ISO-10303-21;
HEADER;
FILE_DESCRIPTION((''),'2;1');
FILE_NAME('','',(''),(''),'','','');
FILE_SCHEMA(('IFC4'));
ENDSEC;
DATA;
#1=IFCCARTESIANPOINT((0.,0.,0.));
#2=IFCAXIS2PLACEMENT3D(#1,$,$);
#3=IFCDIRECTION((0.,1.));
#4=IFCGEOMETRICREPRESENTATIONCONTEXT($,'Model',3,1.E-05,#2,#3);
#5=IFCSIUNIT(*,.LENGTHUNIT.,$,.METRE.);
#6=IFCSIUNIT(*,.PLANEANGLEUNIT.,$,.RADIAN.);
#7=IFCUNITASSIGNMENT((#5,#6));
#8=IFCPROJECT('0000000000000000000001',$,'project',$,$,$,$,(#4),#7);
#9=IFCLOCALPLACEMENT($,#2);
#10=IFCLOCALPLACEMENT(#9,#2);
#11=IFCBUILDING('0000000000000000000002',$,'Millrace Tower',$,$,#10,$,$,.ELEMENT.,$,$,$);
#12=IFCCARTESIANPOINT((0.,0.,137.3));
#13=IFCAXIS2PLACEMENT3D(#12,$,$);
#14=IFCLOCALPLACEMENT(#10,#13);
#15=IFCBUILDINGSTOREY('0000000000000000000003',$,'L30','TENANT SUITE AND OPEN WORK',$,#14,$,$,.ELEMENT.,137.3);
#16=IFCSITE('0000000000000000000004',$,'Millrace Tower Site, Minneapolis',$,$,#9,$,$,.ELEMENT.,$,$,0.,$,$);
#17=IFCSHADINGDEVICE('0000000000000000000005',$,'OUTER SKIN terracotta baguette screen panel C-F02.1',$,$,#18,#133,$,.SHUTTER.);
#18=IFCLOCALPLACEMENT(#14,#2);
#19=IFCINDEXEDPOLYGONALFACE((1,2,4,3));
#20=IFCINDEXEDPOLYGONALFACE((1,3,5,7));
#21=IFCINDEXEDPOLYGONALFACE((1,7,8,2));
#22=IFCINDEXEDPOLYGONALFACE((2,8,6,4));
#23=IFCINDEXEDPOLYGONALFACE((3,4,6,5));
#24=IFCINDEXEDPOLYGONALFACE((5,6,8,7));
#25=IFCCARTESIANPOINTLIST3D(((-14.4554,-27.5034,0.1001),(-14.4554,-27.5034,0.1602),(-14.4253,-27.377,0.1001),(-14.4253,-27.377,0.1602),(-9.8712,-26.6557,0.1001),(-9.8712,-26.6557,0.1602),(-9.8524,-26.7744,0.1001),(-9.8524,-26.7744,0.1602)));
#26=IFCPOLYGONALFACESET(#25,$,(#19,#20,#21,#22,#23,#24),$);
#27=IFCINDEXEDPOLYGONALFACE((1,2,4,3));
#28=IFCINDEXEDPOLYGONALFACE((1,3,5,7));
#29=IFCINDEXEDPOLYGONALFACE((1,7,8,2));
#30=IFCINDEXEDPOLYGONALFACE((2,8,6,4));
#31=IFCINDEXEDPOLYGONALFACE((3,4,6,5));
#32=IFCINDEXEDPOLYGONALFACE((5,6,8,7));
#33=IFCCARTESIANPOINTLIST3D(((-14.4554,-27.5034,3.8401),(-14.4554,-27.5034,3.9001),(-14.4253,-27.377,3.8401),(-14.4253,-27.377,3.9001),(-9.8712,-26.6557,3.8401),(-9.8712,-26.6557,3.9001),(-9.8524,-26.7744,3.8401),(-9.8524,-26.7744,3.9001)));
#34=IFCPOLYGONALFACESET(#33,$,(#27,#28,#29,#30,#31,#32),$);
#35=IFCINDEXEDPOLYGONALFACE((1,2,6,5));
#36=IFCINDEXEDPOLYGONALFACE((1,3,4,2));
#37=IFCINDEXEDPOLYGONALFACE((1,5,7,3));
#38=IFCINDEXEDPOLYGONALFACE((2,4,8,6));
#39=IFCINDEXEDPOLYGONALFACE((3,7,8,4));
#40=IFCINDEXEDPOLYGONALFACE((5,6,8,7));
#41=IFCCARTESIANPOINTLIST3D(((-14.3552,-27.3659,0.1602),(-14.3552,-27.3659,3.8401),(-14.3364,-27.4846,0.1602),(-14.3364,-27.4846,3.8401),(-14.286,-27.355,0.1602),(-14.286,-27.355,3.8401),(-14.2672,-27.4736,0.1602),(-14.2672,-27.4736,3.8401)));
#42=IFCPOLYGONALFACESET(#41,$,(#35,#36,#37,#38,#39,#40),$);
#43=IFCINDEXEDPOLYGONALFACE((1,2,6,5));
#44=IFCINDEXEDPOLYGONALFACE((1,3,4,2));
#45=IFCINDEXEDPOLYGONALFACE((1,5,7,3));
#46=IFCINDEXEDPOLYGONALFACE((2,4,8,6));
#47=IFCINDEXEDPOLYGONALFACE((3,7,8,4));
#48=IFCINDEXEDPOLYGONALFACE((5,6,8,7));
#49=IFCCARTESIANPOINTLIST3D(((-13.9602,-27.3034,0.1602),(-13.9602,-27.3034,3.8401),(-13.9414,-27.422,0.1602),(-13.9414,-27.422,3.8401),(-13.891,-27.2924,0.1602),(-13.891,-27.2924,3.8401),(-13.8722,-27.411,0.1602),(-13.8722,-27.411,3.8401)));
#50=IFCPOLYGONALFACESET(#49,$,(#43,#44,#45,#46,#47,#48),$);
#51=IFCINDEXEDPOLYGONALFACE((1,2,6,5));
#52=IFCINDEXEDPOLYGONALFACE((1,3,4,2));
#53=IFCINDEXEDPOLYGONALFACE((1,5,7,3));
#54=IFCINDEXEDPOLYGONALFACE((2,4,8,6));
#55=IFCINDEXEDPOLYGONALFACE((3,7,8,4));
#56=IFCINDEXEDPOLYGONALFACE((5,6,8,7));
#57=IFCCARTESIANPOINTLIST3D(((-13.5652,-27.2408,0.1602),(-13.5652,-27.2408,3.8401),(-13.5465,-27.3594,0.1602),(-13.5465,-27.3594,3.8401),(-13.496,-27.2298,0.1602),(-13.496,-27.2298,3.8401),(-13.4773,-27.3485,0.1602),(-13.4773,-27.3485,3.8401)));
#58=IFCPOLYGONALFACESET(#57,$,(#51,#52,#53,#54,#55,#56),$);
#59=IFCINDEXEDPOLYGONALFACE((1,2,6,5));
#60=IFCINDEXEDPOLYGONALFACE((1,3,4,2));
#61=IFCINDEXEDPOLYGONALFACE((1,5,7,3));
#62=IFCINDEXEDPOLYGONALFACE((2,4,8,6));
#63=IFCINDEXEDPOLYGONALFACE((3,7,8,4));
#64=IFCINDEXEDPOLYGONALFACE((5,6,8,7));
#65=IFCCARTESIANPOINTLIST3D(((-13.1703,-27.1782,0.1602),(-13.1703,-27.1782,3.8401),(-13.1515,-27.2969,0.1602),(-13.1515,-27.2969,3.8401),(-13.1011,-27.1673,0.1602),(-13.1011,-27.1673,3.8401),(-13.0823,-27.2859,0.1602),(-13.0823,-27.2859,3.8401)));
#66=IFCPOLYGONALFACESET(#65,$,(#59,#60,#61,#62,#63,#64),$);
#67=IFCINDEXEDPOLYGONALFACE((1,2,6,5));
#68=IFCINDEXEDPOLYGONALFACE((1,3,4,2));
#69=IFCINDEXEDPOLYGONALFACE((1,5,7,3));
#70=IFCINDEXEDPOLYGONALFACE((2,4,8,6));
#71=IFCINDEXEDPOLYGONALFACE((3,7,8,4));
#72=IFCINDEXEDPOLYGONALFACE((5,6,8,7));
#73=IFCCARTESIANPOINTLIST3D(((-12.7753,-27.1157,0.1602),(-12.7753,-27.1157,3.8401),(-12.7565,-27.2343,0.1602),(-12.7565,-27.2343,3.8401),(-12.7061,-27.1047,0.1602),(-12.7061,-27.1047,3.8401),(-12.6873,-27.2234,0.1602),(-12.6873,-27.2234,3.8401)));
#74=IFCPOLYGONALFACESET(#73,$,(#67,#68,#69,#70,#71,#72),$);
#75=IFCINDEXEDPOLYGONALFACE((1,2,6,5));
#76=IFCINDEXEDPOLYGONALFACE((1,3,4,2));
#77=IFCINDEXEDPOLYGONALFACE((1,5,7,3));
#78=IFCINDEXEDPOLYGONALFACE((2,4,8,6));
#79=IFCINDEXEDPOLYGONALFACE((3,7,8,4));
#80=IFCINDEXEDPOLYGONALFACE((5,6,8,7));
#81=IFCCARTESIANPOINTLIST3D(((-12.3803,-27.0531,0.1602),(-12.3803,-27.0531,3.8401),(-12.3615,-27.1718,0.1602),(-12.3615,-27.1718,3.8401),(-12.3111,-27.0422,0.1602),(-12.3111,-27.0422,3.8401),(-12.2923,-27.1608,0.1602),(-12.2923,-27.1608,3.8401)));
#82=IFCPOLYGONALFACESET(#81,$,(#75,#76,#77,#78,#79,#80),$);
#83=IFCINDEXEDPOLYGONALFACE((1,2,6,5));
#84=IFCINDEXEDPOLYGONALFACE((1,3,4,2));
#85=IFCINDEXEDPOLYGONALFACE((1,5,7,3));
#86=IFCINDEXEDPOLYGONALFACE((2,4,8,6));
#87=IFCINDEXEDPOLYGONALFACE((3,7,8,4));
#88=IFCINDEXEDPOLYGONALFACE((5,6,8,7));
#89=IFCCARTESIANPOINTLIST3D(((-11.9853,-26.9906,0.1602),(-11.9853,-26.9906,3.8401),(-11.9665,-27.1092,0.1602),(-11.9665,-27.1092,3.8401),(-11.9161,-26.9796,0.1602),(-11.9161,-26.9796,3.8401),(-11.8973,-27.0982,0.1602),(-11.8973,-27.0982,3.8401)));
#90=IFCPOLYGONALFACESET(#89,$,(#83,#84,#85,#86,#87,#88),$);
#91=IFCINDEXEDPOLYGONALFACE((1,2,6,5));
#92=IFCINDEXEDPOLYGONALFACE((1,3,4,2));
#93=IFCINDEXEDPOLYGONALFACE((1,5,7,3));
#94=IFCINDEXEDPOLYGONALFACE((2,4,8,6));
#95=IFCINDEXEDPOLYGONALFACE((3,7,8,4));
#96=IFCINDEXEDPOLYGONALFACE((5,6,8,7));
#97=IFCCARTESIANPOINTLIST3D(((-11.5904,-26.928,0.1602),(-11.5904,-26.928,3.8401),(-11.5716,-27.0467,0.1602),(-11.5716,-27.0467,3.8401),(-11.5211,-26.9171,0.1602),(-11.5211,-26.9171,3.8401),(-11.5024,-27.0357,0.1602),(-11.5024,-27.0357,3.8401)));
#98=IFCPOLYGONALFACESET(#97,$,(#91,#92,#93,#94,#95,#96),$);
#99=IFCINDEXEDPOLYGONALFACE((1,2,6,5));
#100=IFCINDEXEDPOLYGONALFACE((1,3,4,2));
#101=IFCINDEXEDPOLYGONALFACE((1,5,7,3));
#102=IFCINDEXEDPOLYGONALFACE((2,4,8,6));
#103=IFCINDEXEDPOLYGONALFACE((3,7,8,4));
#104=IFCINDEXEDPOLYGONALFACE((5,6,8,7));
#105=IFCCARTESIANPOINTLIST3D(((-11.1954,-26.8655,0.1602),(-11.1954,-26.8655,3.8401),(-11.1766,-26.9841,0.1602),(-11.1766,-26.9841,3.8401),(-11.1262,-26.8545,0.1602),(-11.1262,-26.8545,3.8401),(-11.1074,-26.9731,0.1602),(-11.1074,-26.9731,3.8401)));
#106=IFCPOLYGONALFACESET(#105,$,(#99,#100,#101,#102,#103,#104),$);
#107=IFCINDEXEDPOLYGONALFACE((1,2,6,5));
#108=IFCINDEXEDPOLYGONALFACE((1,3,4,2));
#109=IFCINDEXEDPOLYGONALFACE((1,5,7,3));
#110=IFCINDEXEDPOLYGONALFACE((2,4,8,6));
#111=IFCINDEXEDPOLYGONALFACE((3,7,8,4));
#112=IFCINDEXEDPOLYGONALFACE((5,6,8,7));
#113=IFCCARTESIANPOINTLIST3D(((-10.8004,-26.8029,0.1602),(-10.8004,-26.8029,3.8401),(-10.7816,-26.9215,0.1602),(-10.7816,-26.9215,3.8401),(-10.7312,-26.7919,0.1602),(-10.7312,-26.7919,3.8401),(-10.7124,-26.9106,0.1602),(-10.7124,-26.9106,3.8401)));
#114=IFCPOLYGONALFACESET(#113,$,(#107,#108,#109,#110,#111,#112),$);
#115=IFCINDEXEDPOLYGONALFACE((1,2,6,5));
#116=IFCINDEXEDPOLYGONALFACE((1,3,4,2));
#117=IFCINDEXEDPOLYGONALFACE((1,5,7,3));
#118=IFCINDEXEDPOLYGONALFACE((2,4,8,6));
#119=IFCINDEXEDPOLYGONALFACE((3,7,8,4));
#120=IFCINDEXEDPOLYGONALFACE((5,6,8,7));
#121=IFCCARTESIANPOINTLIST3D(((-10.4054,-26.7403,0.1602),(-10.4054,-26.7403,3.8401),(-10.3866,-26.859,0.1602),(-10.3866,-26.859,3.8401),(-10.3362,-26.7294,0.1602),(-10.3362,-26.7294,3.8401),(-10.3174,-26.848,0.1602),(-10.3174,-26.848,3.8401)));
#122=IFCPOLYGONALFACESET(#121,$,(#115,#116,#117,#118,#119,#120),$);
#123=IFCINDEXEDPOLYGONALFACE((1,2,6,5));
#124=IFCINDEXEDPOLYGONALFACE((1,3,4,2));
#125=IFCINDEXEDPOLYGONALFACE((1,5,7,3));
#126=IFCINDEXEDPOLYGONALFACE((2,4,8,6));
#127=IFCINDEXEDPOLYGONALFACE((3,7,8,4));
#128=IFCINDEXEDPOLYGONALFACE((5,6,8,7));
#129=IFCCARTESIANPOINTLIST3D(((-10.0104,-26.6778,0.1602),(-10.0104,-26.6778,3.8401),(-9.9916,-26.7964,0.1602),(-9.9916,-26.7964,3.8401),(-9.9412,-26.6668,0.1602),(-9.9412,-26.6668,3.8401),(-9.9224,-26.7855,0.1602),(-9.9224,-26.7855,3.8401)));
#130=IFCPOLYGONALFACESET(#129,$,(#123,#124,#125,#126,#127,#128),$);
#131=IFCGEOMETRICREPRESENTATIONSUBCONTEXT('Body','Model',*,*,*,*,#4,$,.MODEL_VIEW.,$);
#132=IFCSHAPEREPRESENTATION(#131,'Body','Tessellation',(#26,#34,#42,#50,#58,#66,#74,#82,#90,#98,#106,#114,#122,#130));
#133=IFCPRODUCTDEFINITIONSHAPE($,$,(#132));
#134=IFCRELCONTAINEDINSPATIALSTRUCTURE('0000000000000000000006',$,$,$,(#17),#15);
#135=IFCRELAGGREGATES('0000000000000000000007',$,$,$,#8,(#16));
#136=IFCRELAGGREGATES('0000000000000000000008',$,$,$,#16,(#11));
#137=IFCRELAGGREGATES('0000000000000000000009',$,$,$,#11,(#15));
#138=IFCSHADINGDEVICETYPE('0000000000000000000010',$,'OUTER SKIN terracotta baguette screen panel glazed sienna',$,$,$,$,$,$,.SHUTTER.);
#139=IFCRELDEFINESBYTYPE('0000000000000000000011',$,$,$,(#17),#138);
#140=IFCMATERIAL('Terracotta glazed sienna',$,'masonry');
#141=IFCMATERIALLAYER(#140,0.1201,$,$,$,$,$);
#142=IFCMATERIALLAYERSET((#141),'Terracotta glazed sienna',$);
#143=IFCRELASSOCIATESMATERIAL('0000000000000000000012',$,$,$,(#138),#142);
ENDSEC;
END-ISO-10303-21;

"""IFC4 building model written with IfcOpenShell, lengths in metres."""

from ifc_helpers import new_model, entity, si_unit, direction, frame, frame_2d, origin, place, context, subcontext, project, spatial, rectangle, extrude, source, transform, mapped, material, layer, layer_set, type_object, element, save


model = new_model("IFC4")

# Units and contexts
model_context = context("Model", 3, precision=1e-05, world=origin(), true_north=direction((0.0, 1.0)))
body_context = subcontext(model_context, "Body", "Model", "MODEL_VIEW")
ifc_project = project(units=[si_unit("LENGTHUNIT", "METRE"), si_unit("PLANEANGLEUNIT", "RADIAN")], contexts=[model_context])

# Site, building, storey
site_placement = place(None, origin())
site = spatial("IfcSite", under=ifc_project, at=site_placement, Name="Millrace Tower Site, Minneapolis", CompositionType="ELEMENT", RefElevation=0.0)
building_placement = place(site_placement, origin())
building = spatial("IfcBuilding", under=site, at=building_placement, Name="Millrace Tower", CompositionType="ELEMENT")
storey_placement = place(building_placement, frame((0.0, 0.0, 137.3)))
storey = spatial("IfcBuildingStorey", under=building, at=storey_placement, Name="L30", Description="TENANT SUITE AND OPEN WORK", CompositionType="ELEMENT", Elevation=137.3)

# Shading device
ifc_material_1 = material(Name="Terracotta glazed sienna", Category="masonry")
ifc_layer_1 = layer(ifc_material_1, 0.1201)
ifc_layer_set_1 = layer_set([ifc_layer_1], Name="Terracotta glazed sienna")
shading_device_type = type_object("IfcShadingDeviceType", Name="OUTER SKIN terracotta baguette screen panel glazed sienna", PredefinedType="SHUTTER", material=ifc_layer_set_1)
cartesian_point_1 = entity("IfcCartesianPoint", [-2.293, 0.0601])
shared_polyline_1 = entity("IfcPolyline", [cartesian_point_1, entity("IfcCartesianPoint", [2.3179, 0.0601]), entity("IfcCartesianPoint", [2.3179, -0.0601]), entity("IfcCartesianPoint", [-2.3425, -0.0601]), cartesian_point_1])
shared_shape_1 = source(origin(), body_context, "Body", "SweptSolid", [
    entity("IfcExtrudedAreaSolid", entity("IfcArbitraryClosedProfileDef", "AREA", None, shared_polyline_1), entity("IfcAxis2Placement3D", entity("IfcCartesianPoint", [0.0, 0.0, 0.0])), entity("IfcDirection", [0.0, 0.0, 1.0]), 0.0601),
    entity("IfcExtrudedAreaSolid", entity("IfcArbitraryClosedProfileDef", "AREA", None, shared_polyline_1), entity("IfcAxis2Placement3D", entity("IfcCartesianPoint", [0.0, 0.0, 3.74])), entity("IfcDirection", [0.0, 0.0, 1.0]), 0.0601),
    extrude(rectangle(XDim=0.0701, YDim=0.1201, at=frame_2d((-2.187, 0.0))), frame((0.0, 0.0, 0.0601)), (0.0, 0.0, 1.0), 3.6799),
    extrude(rectangle(XDim=0.0701, YDim=0.1201, at=frame_2d((-1.7871, 0.0))), frame((0.0, 0.0, 0.0601)), (0.0, 0.0, 1.0), 3.6799),
    extrude(rectangle(XDim=0.0701, YDim=0.1201, at=frame_2d((-1.3872, 0.0))), frame((0.0, 0.0, 0.0601)), (0.0, 0.0, 1.0), 3.6799),
    extrude(rectangle(XDim=0.0701, YDim=0.1201, at=frame_2d((-0.9873, 0.0))), frame((0.0, 0.0, 0.0601)), (0.0, 0.0, 1.0), 3.6799),
    extrude(rectangle(XDim=0.0701, YDim=0.1201, at=frame_2d((-0.5874, 0.0))), frame((0.0, 0.0, 0.0601)), (0.0, 0.0, 1.0), 3.6799),
    extrude(rectangle(XDim=0.0701, YDim=0.1201, at=frame_2d((-0.1875, 0.0))), frame((0.0, 0.0, 0.0601)), (0.0, 0.0, 1.0), 3.6799),
    extrude(rectangle(XDim=0.0701, YDim=0.1201, at=frame_2d((0.2124, 0.0))), frame((0.0, 0.0, 0.0601)), (0.0, 0.0, 1.0), 3.6799),
    extrude(rectangle(XDim=0.0701, YDim=0.1201, at=frame_2d((0.6123, 0.0))), frame((0.0, 0.0, 0.0601)), (0.0, 0.0, 1.0), 3.6799),
    extrude(rectangle(XDim=0.0701, YDim=0.1201, at=frame_2d((1.0122, 0.0))), frame((0.0, 0.0, 0.0601)), (0.0, 0.0, 1.0), 3.6799),
    extrude(rectangle(XDim=0.0701, YDim=0.1201, at=frame_2d((1.4121, 0.0))), frame((0.0, 0.0, 0.0601)), (0.0, 0.0, 1.0), 3.6799),
    extrude(rectangle(XDim=0.0701, YDim=0.1201, at=frame_2d((1.812, 0.0))), frame((0.0, 0.0, 0.0601)), (0.0, 0.0, 1.0), 3.6799),
    extrude(rectangle(XDim=0.0701, YDim=0.1201, at=frame_2d((2.2119, 0.0))), frame((0.0, 0.0, 0.0601)), (0.0, 0.0, 1.0), 3.6799),
])
shading_device_placement = place(storey_placement, frame((-12.1511, -27.0776, 0.1001), z_axis=(0.0, 0.0, 1.0), x_axis=(0.987688, 0.156434, 0.0)))
element("IfcShadingDevice", 1, at=shading_device_placement, inside=storey, type_object=shading_device_type, Name="OUTER SKIN terracotta baguette screen panel C-F02.1", PredefinedType="SHUTTER", context=body_context, shape_type="MappedRepresentation", body=[
    mapped(shared_shape_1, transform((0.0, 0.0, 0.0), scale=1.0)),
])

save(model, "model.ifc")
